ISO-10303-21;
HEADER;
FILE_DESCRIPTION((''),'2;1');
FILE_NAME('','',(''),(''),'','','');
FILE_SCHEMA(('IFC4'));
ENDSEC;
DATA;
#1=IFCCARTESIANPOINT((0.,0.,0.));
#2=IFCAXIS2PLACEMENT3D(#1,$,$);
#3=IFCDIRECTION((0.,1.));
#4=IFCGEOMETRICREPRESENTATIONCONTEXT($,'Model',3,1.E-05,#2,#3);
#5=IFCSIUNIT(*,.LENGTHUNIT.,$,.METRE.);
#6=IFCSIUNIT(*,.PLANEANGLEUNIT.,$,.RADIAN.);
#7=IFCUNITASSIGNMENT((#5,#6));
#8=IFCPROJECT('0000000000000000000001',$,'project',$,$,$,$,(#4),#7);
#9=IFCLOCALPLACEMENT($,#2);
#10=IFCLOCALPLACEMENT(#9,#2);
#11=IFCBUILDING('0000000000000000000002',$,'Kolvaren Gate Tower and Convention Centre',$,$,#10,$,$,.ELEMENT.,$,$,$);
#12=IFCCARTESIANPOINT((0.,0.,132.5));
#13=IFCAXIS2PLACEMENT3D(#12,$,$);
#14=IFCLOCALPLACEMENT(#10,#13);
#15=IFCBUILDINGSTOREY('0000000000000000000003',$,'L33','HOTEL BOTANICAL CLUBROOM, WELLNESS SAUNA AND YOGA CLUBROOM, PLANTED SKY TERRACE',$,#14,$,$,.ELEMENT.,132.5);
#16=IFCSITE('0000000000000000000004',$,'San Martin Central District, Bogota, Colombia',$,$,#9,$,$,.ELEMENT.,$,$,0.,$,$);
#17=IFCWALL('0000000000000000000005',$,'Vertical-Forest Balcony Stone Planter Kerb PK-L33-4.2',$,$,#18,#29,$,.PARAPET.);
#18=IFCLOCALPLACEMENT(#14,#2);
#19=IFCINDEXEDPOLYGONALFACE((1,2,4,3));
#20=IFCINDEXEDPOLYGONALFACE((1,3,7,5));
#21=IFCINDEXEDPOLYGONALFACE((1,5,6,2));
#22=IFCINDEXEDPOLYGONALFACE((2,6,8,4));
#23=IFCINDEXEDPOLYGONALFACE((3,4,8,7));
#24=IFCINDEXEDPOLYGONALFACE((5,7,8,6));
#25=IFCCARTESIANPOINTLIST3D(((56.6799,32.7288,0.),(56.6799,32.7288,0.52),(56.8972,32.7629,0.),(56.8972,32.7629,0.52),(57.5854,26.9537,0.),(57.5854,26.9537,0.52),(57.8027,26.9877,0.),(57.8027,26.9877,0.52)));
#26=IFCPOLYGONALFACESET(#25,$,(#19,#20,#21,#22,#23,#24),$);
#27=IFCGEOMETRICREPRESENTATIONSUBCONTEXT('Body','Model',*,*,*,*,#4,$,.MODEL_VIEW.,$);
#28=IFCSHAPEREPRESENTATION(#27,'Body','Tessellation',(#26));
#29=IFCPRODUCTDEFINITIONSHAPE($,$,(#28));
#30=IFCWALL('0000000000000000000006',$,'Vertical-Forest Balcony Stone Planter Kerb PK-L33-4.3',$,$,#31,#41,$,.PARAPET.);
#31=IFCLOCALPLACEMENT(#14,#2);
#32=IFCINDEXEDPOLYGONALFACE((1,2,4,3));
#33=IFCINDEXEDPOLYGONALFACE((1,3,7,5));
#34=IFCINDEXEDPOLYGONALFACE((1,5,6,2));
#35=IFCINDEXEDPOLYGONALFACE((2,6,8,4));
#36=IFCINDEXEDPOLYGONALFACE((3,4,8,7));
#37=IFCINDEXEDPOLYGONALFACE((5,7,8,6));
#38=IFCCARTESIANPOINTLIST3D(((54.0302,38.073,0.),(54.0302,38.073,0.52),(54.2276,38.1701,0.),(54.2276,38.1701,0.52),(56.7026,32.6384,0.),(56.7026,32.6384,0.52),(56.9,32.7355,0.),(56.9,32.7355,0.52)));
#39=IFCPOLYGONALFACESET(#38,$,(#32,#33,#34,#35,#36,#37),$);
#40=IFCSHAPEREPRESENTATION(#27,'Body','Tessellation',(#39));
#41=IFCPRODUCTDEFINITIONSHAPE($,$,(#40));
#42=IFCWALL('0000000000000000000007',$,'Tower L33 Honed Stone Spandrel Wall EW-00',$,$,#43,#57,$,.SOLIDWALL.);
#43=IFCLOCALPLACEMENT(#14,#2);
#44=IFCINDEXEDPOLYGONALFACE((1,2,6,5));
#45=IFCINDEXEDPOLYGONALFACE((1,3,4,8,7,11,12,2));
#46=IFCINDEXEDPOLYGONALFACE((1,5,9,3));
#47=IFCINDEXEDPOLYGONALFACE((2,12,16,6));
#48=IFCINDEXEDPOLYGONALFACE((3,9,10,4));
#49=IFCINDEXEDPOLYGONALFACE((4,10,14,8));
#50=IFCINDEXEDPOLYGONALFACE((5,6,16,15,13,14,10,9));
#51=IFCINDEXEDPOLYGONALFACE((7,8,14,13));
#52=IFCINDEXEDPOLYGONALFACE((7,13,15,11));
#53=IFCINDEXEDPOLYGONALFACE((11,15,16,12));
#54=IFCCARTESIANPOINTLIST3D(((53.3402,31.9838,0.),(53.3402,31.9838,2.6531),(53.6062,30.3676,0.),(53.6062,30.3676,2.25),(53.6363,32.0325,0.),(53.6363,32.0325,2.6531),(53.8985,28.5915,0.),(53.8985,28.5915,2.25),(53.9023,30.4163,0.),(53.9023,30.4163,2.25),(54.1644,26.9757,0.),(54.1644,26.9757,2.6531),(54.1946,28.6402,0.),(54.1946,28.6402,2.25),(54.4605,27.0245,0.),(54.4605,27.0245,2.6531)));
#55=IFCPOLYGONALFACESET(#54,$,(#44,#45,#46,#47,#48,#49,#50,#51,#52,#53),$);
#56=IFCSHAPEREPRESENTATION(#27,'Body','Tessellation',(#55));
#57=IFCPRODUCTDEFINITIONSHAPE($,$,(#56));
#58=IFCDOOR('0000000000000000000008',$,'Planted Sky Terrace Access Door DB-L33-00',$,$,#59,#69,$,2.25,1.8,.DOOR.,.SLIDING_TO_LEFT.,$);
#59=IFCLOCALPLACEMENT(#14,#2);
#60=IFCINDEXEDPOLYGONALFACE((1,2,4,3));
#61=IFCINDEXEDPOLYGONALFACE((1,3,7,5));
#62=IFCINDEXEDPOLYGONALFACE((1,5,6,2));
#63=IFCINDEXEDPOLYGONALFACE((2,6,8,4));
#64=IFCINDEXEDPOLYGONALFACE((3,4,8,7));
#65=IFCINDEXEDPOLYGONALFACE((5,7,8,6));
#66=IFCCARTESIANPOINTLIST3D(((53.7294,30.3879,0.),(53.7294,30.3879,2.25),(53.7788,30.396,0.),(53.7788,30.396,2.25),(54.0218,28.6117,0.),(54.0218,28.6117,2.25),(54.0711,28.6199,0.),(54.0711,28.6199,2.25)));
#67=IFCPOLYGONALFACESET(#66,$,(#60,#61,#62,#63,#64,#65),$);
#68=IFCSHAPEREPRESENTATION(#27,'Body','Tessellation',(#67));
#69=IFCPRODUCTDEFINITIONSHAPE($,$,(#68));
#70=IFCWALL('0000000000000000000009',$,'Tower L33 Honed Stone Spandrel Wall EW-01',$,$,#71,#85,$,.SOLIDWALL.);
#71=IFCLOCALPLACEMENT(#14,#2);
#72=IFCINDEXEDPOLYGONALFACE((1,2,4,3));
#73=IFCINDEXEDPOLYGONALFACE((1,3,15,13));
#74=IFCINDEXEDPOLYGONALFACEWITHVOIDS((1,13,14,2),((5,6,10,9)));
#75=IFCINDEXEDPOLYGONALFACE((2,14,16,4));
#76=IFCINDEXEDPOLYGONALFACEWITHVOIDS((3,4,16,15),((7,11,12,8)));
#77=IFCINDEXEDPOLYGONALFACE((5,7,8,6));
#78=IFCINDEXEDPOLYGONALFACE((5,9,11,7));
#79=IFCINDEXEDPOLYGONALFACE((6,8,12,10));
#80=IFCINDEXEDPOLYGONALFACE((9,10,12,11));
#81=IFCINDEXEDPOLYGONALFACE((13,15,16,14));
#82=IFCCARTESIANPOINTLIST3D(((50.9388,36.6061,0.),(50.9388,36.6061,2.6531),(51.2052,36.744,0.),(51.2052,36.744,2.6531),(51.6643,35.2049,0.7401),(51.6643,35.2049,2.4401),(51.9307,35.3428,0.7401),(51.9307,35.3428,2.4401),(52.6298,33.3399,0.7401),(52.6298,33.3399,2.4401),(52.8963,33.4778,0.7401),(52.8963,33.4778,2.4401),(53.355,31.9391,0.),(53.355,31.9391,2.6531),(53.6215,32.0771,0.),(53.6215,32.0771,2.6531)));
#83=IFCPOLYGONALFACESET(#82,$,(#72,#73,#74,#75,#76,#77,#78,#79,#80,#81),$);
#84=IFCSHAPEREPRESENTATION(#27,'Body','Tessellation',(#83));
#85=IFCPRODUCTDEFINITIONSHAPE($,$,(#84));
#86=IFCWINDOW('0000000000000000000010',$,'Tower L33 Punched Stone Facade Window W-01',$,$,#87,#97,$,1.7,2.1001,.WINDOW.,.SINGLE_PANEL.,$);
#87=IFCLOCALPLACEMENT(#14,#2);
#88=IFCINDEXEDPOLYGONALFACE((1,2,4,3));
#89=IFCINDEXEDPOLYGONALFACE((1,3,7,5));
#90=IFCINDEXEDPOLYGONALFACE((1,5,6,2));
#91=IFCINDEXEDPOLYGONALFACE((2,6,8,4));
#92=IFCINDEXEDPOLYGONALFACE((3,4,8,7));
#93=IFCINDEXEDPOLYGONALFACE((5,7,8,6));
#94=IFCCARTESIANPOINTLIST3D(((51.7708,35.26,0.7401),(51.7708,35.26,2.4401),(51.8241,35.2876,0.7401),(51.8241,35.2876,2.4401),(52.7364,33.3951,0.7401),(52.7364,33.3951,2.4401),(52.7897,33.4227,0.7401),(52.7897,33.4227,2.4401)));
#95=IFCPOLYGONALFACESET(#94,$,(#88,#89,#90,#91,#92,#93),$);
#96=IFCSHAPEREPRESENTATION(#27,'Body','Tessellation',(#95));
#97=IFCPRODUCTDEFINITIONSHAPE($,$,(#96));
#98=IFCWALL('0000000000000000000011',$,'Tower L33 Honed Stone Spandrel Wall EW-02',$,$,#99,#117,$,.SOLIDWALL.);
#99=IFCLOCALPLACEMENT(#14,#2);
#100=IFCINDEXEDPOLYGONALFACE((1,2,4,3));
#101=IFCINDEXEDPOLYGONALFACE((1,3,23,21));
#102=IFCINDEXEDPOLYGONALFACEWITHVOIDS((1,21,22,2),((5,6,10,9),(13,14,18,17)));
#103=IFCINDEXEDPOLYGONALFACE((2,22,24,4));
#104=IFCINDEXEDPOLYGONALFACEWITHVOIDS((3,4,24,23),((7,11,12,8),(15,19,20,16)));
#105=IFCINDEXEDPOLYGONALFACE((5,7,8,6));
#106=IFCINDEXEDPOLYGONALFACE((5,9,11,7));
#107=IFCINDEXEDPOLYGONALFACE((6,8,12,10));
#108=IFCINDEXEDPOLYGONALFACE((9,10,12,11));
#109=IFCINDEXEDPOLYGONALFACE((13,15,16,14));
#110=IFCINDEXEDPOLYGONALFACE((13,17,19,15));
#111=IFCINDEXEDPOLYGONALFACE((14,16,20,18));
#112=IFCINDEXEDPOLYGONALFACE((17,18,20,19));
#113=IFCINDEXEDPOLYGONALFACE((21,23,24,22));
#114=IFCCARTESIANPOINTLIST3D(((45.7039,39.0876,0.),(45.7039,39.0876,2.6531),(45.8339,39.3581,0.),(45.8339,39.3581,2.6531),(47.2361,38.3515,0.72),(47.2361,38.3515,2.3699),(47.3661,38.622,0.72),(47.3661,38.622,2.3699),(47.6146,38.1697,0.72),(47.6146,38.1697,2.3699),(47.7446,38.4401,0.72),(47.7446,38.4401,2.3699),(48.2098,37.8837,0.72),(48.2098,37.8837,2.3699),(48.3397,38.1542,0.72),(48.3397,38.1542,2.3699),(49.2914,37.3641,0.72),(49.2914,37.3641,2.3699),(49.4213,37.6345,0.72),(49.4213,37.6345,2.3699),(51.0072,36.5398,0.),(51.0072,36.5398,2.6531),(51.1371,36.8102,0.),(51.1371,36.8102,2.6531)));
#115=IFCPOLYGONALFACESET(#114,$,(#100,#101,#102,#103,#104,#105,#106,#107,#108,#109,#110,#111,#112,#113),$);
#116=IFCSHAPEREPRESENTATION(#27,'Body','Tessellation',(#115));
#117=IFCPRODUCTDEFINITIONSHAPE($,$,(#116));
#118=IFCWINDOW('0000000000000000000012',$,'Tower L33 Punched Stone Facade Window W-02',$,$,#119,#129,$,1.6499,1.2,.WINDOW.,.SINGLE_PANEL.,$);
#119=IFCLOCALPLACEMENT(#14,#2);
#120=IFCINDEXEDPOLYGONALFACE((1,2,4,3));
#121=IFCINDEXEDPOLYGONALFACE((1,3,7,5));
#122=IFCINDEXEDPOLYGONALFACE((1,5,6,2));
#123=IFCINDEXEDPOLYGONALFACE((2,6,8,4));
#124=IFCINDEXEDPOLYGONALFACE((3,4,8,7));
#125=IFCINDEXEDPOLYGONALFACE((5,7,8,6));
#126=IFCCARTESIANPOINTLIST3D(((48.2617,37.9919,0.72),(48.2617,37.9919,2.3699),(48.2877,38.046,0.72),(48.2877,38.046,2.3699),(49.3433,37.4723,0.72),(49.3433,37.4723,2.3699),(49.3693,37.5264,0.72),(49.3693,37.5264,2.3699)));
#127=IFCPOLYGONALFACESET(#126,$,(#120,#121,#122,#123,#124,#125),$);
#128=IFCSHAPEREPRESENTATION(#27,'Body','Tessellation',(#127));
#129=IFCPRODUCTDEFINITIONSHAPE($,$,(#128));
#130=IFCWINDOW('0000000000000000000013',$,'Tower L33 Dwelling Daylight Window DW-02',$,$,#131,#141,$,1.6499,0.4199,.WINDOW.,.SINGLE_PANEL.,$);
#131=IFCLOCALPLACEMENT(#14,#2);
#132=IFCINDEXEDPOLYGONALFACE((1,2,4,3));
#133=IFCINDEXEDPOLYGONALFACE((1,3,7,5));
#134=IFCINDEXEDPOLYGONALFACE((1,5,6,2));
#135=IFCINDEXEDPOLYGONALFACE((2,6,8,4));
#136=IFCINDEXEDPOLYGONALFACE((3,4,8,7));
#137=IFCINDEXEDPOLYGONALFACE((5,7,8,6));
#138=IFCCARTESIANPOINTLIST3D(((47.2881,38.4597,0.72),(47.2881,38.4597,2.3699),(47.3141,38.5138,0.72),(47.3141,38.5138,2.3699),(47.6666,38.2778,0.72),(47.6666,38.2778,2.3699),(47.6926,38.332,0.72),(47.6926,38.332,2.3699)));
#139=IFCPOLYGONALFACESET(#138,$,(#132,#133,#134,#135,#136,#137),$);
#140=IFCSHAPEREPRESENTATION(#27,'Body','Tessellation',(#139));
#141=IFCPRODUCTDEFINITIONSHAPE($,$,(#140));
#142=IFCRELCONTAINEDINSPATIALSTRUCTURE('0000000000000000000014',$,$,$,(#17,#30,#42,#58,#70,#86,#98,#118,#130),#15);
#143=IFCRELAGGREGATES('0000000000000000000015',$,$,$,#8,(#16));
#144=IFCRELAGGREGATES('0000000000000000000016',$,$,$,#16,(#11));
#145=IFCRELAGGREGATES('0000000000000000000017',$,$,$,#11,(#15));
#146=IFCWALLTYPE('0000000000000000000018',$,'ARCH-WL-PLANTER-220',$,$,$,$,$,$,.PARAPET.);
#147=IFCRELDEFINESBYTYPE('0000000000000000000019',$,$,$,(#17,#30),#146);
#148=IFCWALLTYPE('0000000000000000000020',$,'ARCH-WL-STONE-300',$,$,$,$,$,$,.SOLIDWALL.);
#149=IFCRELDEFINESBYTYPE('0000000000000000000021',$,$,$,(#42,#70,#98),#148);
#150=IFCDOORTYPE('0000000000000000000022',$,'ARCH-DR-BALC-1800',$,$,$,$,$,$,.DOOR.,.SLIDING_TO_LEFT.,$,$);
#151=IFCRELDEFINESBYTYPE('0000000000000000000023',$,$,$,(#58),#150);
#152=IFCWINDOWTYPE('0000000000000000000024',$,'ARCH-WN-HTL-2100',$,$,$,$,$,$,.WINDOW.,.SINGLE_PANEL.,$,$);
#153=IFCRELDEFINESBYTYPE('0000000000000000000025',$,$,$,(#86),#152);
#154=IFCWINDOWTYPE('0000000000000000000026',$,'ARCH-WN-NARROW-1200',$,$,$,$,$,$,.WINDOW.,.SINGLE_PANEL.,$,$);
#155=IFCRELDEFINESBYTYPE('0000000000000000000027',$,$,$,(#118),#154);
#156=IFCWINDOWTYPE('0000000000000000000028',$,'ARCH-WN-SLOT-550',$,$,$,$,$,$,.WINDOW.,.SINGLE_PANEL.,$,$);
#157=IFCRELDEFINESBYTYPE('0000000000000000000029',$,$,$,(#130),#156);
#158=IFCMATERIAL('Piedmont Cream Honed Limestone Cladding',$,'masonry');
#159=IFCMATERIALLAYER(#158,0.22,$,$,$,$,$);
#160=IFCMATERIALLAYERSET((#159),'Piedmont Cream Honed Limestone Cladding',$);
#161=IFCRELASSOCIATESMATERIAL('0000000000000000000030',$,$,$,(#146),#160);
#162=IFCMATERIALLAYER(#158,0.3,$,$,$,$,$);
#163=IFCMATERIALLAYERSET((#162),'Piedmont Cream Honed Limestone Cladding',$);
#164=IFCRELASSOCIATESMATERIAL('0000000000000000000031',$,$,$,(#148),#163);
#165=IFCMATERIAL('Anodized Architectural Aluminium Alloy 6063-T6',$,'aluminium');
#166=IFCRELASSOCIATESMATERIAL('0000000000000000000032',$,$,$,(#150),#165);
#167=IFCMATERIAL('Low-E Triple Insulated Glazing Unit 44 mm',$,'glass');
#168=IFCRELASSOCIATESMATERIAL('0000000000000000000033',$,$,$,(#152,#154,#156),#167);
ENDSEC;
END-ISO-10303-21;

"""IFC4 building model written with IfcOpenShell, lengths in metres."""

from ifc_helpers import new_model, si_unit, direction, frame, frame_2d, origin, place, context, subcontext, project, spatial, rectangle, extrude, material, layer, layer_set, type_object, element, fill, save


model = new_model("IFC4")

# Units and contexts
model_context = context("Model", 3, precision=1e-05, world=origin(), true_north=direction((0.0, 1.0)))
body_context = subcontext(model_context, "Body", "Model", "MODEL_VIEW")
ifc_project = project(units=[si_unit("LENGTHUNIT", "METRE"), si_unit("PLANEANGLEUNIT", "RADIAN")], contexts=[model_context])

# Site, building, storey
site_placement = place(None, origin())
site = spatial("IfcSite", under=ifc_project, at=site_placement, Name="San Martin Central District, Bogota, Colombia", CompositionType="ELEMENT", RefElevation=0.0)
building_placement = place(site_placement, origin())
building = spatial("IfcBuilding", under=site, at=building_placement, Name="Kolvaren Gate Tower and Convention Centre", CompositionType="ELEMENT")
storey_placement = place(building_placement, frame((0.0, 0.0, 132.5)))
storey = spatial("IfcBuildingStorey", under=building, at=storey_placement, Name="L33", Description="HOTEL BOTANICAL CLUBROOM, WELLNESS SAUNA AND YOGA CLUBROOM, PLANTED SKY TERRACE", CompositionType="ELEMENT", Elevation=132.5)

# Walls
ifc_material_1 = material(Name="Piedmont Cream Honed Limestone Cladding", Category="masonry")
ifc_layer_1 = layer(ifc_material_1, 0.22)
ifc_layer_set_1 = layer_set([ifc_layer_1], Name="Piedmont Cream Honed Limestone Cladding")
wall_type_1 = type_object("IfcWallType", Name="ARCH-WL-PLANTER-220", PredefinedType="PARAPET", material=ifc_layer_set_1)
wall_1_placement = place(storey_placement, frame((56.7886, 32.7458, 0.0), z_axis=(0.0, 0.0, 1.0), x_axis=(0.154903, -0.98793, 0.0)))
element("IfcWall", 1, at=wall_1_placement, inside=storey, type_object=wall_type_1, Name="Vertical-Forest Balcony Stone Planter Kerb PK-L33-4.2", PredefinedType="PARAPET", context=body_context, shape_type="SweptSolid", body=[
    extrude(rectangle(XDim=5.8457, YDim=0.22, at=frame_2d((2.9229, 0.0))), origin(), (0.0, 0.0, 1.0), 0.52),
])
wall_2_placement = place(storey_placement, frame((54.1289, 38.1216, 0.0), z_axis=(0.0, 0.0, 1.0), x_axis=(0.44127, -0.897375, 0.0)))
element("IfcWall", 2, at=wall_2_placement, inside=storey, type_object=wall_type_1, Name="Vertical-Forest Balcony Stone Planter Kerb PK-L33-4.3", PredefinedType="PARAPET", context=body_context, shape_type="SweptSolid", body=[
    extrude(rectangle(XDim=6.0562, YDim=0.22, at=frame_2d((3.0281, 0.0))), origin(), (0.0, 0.0, 1.0), 0.52),
])

# Wall, opening, door
ifc_layer_2 = layer(ifc_material_1, 0.3)
ifc_layer_set_2 = layer_set([ifc_layer_2], Name="Piedmont Cream Honed Limestone Cladding")
wall_type_2 = type_object("IfcWallType", Name="ARCH-WL-STONE-300", PredefinedType="SOLIDWALL", material=ifc_layer_set_2)
wall_3_placement = place(storey_placement, frame((53.4883, 32.0081, 0.0), z_axis=(0.0, 0.0, 1.0), x_axis=(0.162394, -0.986726, 0.0)))
wall_3 = element("IfcWall", 3, at=wall_3_placement, inside=storey, type_object=wall_type_2, Name="Tower L33 Honed Stone Spandrel Wall EW-00", PredefinedType="SOLIDWALL", context=body_context, shape_type="SweptSolid", body=[
    extrude(rectangle(XDim=5.0754, YDim=0.3, at=frame_2d((2.5376, 0.0))), origin(), (0.0, 0.0, 1.0), 2.6531),
])
opening_1_placement = place(wall_3_placement, frame((1.6379, 0.0, 0.0)))
opening_1 = element("IfcOpeningElement", 4, at=opening_1_placement, cuts=wall_3, PredefinedType="OPENING", context=body_context, shape_type="SweptSolid", body=[
    extrude(rectangle(XDim=1.8, YDim=2.25, at=frame_2d((0.8999, 1.125))), frame((0.0, 0.1599, 0.0), z_axis=(0.0, -1.0, 0.0), x_axis=(1.0, 0.0, 0.0)), (0.0, 0.0, 1.0), 0.3201),
])
ifc_material_2 = material(Name="Anodized Architectural Aluminium Alloy 6063-T6", Category="aluminium")
door_type_1 = type_object("IfcDoorType", Name="ARCH-DR-BALC-1800", OperationType="SLIDING_TO_LEFT", PredefinedType="DOOR", material=ifc_material_2)
door_1_placement = place(opening_1_placement, origin())
door_1 = element("IfcDoor", 5, at=door_1_placement, inside=storey, type_object=door_type_1, Name="Planted Sky Terrace Access Door DB-L33-00", OperationType="SLIDING_TO_LEFT", OverallHeight=2.25, OverallWidth=1.8, PredefinedType="DOOR", context=body_context, shape_type="SweptSolid", body=[
    extrude(rectangle(XDim=1.8, YDim=2.25, at=frame_2d((0.8999, 1.125))), frame((0.0, 0.0249, 0.0), z_axis=(0.0, -1.0, 0.0), x_axis=(1.0, 0.0, 0.0)), (0.0, 0.0, 1.0), 0.05),
])
fill(opening_1, door_1)

# Wall, opening, window
wall_4_placement = place(storey_placement, frame((51.072, 36.675, 0.0), z_axis=(0.0, 0.0, 1.0), x_axis=(0.459768, -0.888039, 0.0)))
wall_4 = element("IfcWall", 6, at=wall_4_placement, inside=storey, type_object=wall_type_2, Name="Tower L33 Honed Stone Spandrel Wall EW-01", PredefinedType="SOLIDWALL", context=body_context, shape_type="SweptSolid", body=[
    extrude(rectangle(XDim=5.2554, YDim=0.3, at=frame_2d((2.6277, 0.0))), origin(), (0.0, 0.0, 1.0), 2.6531),
])
opening_2_placement = place(wall_4_placement, frame((1.5779, 0.0, 0.74)))
opening_2 = element("IfcOpeningElement", 7, at=opening_2_placement, cuts=wall_4, PredefinedType="OPENING", context=body_context, shape_type="SweptSolid", body=[
    extrude(rectangle(XDim=2.1001, YDim=1.7, at=frame_2d((1.05, 0.8501))), frame((0.0, 0.1599, 0.0), z_axis=(0.0, -1.0, 0.0), x_axis=(1.0, 0.0, 0.0)), (0.0, 0.0, 1.0), 0.3201),
])
ifc_material_3 = material(Name="Low-E Triple Insulated Glazing Unit 44 mm", Category="glass")
window_type_1 = type_object("IfcWindowType", Name="ARCH-WN-HTL-2100", PartitioningType="SINGLE_PANEL", PredefinedType="WINDOW", material=ifc_material_3)
window_1_placement = place(opening_2_placement, origin())
window_1 = element("IfcWindow", 8, at=window_1_placement, inside=storey, type_object=window_type_1, Name="Tower L33 Punched Stone Facade Window W-01", OverallHeight=1.7, OverallWidth=2.1001, PartitioningType="SINGLE_PANEL", PredefinedType="WINDOW", context=body_context, shape_type="SweptSolid", body=[
    extrude(rectangle(XDim=2.1001, YDim=1.7, at=frame_2d((1.05, 0.8501))), frame((0.0, 0.03, 0.0), z_axis=(0.0, -1.0, 0.0), x_axis=(1.0, 0.0, 0.0)), (0.0, 0.0, 1.0), 0.0601),
])
fill(opening_2, window_1)

# Wall, openings, windows
wall_5_placement = place(storey_placement, frame((45.7688, 39.2229, 0.0), z_axis=(0.0, 0.0, 1.0), x_axis=(0.90137, -0.433049, 0.0)))
wall_5 = element("IfcWall", 9, at=wall_5_placement, inside=storey, type_object=wall_type_2, Name="Tower L33 Honed Stone Spandrel Wall EW-02", PredefinedType="SOLIDWALL", context=body_context, shape_type="SweptSolid", body=[
    extrude(rectangle(XDim=5.8835, YDim=0.3, at=frame_2d((2.9419, 0.0))), origin(), (0.0, 0.0, 1.0), 2.6531),
])
opening_3_placement = place(wall_5_placement, frame((2.78, 0.0, 0.72)))
opening_3 = element("IfcOpeningElement", 10, at=opening_3_placement, cuts=wall_5, PredefinedType="OPENING", context=body_context, shape_type="SweptSolid", body=[
    extrude(rectangle(XDim=1.2, YDim=1.6499, at=frame_2d((0.6001, 0.825))), frame((0.0, 0.1599, 0.0), z_axis=(0.0, -1.0, 0.0), x_axis=(1.0, 0.0, 0.0)), (0.0, 0.0, 1.0), 0.3201),
])
opening_4_placement = place(wall_5_placement, frame((1.7, 0.0, 0.72)))
opening_4 = element("IfcOpeningElement", 11, at=opening_4_placement, cuts=wall_5, PredefinedType="OPENING", context=body_context, shape_type="SweptSolid", body=[
    extrude(rectangle(XDim=0.4199, YDim=1.6499, at=frame_2d((0.21, 0.825))), frame((0.0, 0.1599, 0.0), z_axis=(0.0, -1.0, 0.0), x_axis=(1.0, 0.0, 0.0)), (0.0, 0.0, 1.0), 0.3201),
])
window_type_2 = type_object("IfcWindowType", Name="ARCH-WN-NARROW-1200", PartitioningType="SINGLE_PANEL", PredefinedType="WINDOW", material=ifc_material_3)
window_2_placement = place(opening_3_placement, origin())
window_2 = element("IfcWindow", 12, at=window_2_placement, inside=storey, type_object=window_type_2, Name="Tower L33 Punched Stone Facade Window W-02", OverallHeight=1.6499, OverallWidth=1.2, PartitioningType="SINGLE_PANEL", PredefinedType="WINDOW", context=body_context, shape_type="SweptSolid", body=[
    extrude(rectangle(XDim=1.2, YDim=1.6499, at=frame_2d((0.6001, 0.825))), frame((0.0, 0.03, 0.0), z_axis=(0.0, -1.0, 0.0), x_axis=(1.0, 0.0, 0.0)), (0.0, 0.0, 1.0), 0.0601),
])
fill(opening_3, window_2)
window_type_3 = type_object("IfcWindowType", Name="ARCH-WN-SLOT-550", PartitioningType="SINGLE_PANEL", PredefinedType="WINDOW", material=ifc_material_3)
window_3_placement = place(opening_4_placement, origin())
window_3 = element("IfcWindow", 13, at=window_3_placement, inside=storey, type_object=window_type_3, Name="Tower L33 Dwelling Daylight Window DW-02", OverallHeight=1.6499, OverallWidth=0.4199, PartitioningType="SINGLE_PANEL", PredefinedType="WINDOW", context=body_context, shape_type="SweptSolid", body=[
    extrude(rectangle(XDim=0.4199, YDim=1.6499, at=frame_2d((0.21, 0.825))), frame((0.0, 0.03, 0.0), z_axis=(0.0, -1.0, 0.0), x_axis=(1.0, 0.0, 0.0)), (0.0, 0.0, 1.0), 0.0601),
])
fill(opening_4, window_3)

save(model, "model.ifc")
